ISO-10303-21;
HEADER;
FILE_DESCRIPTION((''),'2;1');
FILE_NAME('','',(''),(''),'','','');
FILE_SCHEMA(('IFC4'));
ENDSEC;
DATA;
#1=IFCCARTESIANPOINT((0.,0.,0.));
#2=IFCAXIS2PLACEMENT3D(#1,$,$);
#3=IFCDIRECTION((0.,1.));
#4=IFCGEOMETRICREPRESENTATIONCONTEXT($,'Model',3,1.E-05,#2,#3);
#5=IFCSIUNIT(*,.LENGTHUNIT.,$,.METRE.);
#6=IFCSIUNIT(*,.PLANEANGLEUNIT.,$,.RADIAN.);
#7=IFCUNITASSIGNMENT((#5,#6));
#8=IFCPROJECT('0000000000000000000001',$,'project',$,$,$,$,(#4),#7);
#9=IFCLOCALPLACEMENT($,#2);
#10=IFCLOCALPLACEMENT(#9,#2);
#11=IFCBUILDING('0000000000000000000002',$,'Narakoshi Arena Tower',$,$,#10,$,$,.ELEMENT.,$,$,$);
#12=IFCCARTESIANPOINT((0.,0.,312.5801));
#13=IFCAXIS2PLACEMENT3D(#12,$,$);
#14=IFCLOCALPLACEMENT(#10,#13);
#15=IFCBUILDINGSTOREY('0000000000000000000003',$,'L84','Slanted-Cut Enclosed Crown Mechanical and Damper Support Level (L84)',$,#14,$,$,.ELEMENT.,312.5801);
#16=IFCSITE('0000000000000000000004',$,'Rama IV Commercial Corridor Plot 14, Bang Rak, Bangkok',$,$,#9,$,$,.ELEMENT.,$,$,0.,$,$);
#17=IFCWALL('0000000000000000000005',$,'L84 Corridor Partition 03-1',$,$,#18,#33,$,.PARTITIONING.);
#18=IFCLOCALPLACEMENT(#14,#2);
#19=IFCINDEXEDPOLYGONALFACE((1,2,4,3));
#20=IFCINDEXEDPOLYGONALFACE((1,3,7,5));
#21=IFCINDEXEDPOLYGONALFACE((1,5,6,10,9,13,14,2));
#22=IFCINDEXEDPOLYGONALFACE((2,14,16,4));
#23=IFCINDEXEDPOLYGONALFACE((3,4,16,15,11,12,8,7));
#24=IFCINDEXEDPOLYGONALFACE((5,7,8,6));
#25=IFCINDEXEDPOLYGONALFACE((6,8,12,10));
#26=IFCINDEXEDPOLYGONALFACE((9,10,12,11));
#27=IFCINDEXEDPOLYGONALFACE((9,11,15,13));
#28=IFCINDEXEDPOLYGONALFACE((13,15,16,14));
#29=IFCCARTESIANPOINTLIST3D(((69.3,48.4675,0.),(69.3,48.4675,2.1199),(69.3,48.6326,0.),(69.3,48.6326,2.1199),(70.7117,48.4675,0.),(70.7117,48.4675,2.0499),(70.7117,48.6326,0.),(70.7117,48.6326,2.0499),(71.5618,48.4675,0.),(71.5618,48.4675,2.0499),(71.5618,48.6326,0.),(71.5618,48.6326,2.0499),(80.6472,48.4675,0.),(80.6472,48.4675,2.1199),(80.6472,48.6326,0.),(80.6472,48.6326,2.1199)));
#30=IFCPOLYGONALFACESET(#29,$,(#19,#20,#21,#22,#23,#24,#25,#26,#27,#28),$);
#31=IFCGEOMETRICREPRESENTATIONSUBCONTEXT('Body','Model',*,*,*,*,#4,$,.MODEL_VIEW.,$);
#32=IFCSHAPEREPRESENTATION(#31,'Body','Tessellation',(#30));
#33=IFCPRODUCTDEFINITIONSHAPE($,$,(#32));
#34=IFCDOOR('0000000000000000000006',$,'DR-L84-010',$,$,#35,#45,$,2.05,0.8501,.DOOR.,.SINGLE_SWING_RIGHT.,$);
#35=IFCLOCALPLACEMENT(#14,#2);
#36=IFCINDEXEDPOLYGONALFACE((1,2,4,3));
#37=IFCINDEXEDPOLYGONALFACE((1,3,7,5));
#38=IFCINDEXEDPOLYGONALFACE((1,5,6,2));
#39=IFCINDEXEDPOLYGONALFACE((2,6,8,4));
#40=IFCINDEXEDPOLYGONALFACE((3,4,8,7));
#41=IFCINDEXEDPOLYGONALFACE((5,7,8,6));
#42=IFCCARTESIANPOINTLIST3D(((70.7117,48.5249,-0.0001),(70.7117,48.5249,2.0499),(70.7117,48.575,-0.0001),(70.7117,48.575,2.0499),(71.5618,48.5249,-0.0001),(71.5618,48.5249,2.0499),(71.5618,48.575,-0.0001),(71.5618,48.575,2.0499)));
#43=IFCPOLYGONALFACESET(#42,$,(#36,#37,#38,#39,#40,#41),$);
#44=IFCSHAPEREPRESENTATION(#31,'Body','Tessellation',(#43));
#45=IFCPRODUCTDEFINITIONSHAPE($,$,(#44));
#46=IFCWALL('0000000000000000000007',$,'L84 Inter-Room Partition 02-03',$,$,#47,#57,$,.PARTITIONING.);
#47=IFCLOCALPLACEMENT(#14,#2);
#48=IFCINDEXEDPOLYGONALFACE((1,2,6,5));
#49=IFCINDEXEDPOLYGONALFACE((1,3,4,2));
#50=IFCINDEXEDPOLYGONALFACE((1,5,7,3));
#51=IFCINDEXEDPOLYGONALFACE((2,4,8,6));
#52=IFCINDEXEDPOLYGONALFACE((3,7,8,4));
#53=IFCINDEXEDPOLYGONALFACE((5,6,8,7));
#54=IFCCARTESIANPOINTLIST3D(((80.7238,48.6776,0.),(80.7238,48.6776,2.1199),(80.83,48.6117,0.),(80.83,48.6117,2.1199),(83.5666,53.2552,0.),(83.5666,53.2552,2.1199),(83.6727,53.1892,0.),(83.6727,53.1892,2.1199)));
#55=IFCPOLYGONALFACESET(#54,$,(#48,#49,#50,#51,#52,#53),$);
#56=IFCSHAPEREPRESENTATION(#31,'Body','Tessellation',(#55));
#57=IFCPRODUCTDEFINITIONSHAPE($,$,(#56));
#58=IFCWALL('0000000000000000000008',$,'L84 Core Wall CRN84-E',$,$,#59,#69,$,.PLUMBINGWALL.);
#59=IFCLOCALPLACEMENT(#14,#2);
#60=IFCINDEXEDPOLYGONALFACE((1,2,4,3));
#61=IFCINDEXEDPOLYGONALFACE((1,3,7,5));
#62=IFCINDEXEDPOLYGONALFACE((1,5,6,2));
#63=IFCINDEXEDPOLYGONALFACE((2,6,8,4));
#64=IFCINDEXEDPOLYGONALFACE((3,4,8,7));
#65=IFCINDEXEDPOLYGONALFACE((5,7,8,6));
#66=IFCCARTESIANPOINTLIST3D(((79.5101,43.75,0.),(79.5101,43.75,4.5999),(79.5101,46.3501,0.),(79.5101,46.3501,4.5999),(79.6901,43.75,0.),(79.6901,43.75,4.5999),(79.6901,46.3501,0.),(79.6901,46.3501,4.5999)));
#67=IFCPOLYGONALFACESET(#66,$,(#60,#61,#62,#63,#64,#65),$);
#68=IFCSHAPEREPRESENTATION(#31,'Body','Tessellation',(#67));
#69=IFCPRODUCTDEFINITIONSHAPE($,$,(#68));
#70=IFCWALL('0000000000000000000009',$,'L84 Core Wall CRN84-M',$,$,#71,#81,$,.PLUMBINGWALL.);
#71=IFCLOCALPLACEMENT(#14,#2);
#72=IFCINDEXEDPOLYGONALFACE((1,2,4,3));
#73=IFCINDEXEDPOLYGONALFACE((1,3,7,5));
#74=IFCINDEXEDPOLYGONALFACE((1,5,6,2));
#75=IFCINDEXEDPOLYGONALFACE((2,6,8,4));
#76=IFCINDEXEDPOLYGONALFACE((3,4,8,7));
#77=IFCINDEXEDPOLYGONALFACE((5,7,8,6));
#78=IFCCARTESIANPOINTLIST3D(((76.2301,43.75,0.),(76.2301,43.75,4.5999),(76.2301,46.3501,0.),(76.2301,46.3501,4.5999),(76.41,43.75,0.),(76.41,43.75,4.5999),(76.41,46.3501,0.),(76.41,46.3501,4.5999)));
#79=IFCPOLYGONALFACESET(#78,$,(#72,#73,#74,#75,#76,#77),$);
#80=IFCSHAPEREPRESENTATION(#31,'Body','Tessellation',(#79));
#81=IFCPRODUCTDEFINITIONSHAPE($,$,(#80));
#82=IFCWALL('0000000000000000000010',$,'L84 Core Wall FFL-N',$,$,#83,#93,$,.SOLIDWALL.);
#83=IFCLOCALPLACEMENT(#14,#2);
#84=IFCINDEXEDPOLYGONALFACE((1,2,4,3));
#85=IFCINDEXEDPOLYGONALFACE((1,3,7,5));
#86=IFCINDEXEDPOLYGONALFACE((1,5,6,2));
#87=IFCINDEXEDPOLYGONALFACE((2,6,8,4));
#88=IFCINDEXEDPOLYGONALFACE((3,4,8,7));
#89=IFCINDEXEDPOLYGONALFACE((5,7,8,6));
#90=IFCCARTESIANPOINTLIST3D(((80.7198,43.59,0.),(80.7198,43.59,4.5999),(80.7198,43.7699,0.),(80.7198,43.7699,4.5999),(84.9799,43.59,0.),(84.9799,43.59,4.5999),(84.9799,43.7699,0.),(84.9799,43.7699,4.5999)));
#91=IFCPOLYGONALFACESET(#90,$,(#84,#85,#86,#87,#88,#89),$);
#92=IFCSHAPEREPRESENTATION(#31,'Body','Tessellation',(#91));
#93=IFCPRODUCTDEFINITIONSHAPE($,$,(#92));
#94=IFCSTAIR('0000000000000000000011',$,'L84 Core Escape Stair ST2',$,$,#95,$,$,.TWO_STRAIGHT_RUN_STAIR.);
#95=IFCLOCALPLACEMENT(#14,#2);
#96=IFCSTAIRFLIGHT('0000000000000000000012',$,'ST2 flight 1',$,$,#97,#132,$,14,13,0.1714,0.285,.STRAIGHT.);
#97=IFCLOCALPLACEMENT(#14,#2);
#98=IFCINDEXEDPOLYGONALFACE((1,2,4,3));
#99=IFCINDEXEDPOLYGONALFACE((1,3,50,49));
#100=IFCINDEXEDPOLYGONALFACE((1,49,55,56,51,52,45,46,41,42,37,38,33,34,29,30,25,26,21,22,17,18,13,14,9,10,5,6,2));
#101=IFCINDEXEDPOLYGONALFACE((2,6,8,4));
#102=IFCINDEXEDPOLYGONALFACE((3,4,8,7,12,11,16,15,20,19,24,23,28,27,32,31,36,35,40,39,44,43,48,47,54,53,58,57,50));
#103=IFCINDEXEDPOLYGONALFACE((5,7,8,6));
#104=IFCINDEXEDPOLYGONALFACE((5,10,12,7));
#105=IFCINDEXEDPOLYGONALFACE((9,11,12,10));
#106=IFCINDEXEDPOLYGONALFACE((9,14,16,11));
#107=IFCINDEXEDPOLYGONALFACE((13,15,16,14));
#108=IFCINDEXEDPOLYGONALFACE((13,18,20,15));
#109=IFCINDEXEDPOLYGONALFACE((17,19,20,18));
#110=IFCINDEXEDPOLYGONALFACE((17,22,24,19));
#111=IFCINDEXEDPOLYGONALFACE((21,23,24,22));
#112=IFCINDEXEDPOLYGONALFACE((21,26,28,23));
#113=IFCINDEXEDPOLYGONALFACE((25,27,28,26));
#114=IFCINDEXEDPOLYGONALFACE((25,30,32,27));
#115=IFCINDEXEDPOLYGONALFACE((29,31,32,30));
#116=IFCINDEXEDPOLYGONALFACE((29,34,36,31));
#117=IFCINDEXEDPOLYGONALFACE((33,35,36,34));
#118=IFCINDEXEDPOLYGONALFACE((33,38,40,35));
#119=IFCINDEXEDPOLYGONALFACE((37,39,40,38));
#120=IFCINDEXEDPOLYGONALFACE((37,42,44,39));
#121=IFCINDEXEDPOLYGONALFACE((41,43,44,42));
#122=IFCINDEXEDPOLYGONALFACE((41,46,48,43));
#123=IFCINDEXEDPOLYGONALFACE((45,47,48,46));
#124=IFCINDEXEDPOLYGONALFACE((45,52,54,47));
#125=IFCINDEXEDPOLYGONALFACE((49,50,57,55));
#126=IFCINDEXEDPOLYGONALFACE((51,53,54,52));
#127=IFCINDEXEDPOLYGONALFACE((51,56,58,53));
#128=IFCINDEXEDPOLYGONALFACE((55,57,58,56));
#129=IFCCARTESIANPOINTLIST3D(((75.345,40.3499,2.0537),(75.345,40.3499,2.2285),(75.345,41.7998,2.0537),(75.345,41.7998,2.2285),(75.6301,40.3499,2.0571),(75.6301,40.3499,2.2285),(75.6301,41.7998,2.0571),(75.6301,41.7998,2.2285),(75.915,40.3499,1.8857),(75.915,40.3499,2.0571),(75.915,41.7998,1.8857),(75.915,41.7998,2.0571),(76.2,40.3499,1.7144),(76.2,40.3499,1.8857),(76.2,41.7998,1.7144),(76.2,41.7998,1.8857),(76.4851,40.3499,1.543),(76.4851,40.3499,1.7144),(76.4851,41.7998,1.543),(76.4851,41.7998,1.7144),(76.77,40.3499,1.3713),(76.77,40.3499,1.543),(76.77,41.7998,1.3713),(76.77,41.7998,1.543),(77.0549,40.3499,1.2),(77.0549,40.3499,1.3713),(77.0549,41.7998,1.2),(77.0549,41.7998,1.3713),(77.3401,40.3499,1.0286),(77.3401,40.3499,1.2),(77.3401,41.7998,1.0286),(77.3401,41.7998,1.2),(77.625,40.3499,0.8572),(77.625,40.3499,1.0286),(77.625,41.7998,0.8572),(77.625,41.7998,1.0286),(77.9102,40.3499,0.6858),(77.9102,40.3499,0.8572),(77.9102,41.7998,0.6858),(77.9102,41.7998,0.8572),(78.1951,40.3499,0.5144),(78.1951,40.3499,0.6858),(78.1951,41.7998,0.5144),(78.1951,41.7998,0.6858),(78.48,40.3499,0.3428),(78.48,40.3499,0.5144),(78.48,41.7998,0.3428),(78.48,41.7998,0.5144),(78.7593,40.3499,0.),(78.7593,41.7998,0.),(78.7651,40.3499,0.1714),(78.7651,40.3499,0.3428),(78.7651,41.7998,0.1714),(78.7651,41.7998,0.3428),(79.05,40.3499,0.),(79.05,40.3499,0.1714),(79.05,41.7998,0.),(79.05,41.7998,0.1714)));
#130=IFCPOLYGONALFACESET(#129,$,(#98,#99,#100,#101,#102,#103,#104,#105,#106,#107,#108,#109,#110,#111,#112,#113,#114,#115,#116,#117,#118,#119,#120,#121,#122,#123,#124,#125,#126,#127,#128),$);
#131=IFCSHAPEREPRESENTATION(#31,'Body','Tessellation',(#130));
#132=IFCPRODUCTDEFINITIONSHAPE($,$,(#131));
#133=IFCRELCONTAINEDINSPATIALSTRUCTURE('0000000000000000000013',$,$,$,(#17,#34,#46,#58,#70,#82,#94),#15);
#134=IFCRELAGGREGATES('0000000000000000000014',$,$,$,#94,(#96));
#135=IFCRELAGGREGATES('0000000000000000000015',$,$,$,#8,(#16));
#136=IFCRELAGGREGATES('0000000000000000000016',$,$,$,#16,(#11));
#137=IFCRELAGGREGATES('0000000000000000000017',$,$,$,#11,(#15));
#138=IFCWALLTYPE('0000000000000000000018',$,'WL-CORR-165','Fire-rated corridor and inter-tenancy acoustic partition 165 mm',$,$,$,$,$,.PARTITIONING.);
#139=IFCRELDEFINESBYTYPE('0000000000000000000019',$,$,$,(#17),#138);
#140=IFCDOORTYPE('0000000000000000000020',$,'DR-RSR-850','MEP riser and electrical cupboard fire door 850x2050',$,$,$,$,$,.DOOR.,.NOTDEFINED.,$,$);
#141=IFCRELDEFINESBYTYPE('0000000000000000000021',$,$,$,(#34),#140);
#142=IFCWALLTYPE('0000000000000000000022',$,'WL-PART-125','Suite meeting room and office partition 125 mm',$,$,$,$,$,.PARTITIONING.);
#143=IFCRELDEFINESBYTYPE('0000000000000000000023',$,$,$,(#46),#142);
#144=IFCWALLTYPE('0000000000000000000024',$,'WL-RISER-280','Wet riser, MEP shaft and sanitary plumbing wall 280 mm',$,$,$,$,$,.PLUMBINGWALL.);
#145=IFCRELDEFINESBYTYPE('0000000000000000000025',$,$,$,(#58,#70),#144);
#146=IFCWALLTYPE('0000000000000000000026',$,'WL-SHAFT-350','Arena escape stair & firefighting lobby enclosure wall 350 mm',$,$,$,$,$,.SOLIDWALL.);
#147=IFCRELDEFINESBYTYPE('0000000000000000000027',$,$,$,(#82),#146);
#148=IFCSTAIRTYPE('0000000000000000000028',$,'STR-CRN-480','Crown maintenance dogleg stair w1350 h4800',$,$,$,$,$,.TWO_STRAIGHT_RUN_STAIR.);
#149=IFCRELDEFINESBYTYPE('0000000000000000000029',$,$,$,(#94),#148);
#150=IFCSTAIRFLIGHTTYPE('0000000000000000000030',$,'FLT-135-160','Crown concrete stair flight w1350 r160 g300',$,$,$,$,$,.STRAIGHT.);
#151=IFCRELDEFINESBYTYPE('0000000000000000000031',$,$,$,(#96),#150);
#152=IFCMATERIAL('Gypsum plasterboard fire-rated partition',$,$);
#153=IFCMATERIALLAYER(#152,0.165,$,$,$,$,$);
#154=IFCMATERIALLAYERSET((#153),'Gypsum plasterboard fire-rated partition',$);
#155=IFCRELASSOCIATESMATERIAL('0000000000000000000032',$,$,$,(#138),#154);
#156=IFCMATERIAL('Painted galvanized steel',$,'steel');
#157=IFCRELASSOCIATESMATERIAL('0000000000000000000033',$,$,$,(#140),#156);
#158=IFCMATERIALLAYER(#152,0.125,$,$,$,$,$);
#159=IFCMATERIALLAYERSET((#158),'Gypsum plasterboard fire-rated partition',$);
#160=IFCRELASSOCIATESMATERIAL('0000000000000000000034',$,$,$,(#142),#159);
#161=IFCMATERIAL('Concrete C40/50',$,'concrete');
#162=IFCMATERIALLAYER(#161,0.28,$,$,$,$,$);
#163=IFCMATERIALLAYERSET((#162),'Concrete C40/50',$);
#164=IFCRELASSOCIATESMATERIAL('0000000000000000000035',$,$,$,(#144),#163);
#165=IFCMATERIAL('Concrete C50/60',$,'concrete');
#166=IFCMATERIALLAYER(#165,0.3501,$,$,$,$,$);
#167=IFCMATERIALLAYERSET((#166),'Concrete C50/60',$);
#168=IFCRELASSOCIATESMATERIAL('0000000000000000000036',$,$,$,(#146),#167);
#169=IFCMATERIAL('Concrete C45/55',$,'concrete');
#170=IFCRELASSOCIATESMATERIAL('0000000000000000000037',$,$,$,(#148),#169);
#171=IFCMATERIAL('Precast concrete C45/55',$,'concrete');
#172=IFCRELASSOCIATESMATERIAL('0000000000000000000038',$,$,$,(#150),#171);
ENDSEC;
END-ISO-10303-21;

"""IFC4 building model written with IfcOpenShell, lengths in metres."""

from ifc_helpers import new_model, si_unit, direction, frame, frame_2d, origin, place, context, subcontext, project, spatial, polyline, rectangle, outline, extrude, material, layer, layer_set, type_object, element, fill, aggregate, save


model = new_model("IFC4")

# Units and contexts
model_context = context("Model", 3, precision=1e-05, world=origin(), true_north=direction((0.0, 1.0)))
body_context = subcontext(model_context, "Body", "Model", "MODEL_VIEW")
ifc_project = project(units=[si_unit("LENGTHUNIT", "METRE"), si_unit("PLANEANGLEUNIT", "RADIAN")], contexts=[model_context])

# Site, building, storey
site_placement = place(None, origin())
site = spatial("IfcSite", under=ifc_project, at=site_placement, Name="Rama IV Commercial Corridor Plot 14, Bang Rak, Bangkok", CompositionType="ELEMENT", RefElevation=0.0)
building_placement = place(site_placement, origin())
building = spatial("IfcBuilding", under=site, at=building_placement, Name="Narakoshi Arena Tower", CompositionType="ELEMENT")
storey_placement = place(building_placement, frame((0.0, 0.0, 312.5801)))
storey = spatial("IfcBuildingStorey", under=building, at=storey_placement, Name="L84", Description="Slanted-Cut Enclosed Crown Mechanical and Damper Support Level (L84)", CompositionType="ELEMENT", Elevation=312.5801)

# Wall, opening, door
ifc_material_1 = material(Name="Gypsum plasterboard fire-rated partition")
ifc_layer_1 = layer(ifc_material_1, 0.165)
ifc_layer_set_1 = layer_set([ifc_layer_1], Name="Gypsum plasterboard fire-rated partition")
wall_type_1 = type_object("IfcWallType", Name="WL-CORR-165", Description="Fire-rated corridor and inter-tenancy acoustic partition 165 mm", PredefinedType="PARTITIONING", material=ifc_layer_set_1)
wall_1_placement = place(storey_placement, frame((80.6472, 48.55, 0.0), z_axis=(0.0, 0.0, 1.0), x_axis=(-1.0, 0.0, 0.0)))
wall_1 = element("IfcWall", 1, at=wall_1_placement, inside=storey, type_object=wall_type_1, Name="L84 Corridor Partition 03-1", PredefinedType="PARTITIONING", context=body_context, shape_type="SweptSolid", body=[
    extrude(rectangle(XDim=11.3472, YDim=0.165, at=frame_2d((5.6736, 0.0))), origin(), (0.0, 0.0, 1.0), 2.1199),
])
opening_placement = place(wall_1_placement, frame((9.0854, 0.0, 0.0)))
opening = element("IfcOpeningElement", 2, at=opening_placement, cuts=wall_1, PredefinedType="OPENING", context=body_context, shape_type="SweptSolid", body=[
    extrude(rectangle(XDim=0.8501, YDim=2.05, at=frame_2d((0.425, 1.0249))), frame((0.0, 0.0925, 0.0), z_axis=(0.0, -1.0, 0.0), x_axis=(1.0, 0.0, 0.0)), (0.0, 0.0, 1.0), 0.1851),
])
ifc_material_2 = material(Name="Painted galvanized steel", Category="steel")
door_type = type_object("IfcDoorType", Name="DR-RSR-850", Description="MEP riser and electrical cupboard fire door 850x2050", OperationType="NOTDEFINED", PredefinedType="DOOR", material=ifc_material_2)
door_placement = place(opening_placement, frame((0.8501, 0.0, 0.0), z_axis=(0.0, 0.0, 1.0), x_axis=(-1.0, 0.0, 0.0)))
door = element("IfcDoor", 3, at=door_placement, inside=storey, type_object=door_type, Name="DR-L84-010", OperationType="SINGLE_SWING_RIGHT", OverallHeight=2.05, OverallWidth=0.8501, PredefinedType="DOOR", context=body_context, shape_type="SweptSolid", body=[
    extrude(rectangle(XDim=0.8501, YDim=2.05, at=frame_2d((0.425, 1.0249))), frame((0.0, 0.0249, 0.0), z_axis=(0.0, -1.0, 0.0), x_axis=(1.0, 0.0, 0.0)), (0.0, 0.0, 1.0), 0.05),
])
fill(opening, door)

# Walls
ifc_layer_2 = layer(ifc_material_1, 0.125)
ifc_layer_set_2 = layer_set([ifc_layer_2], Name="Gypsum plasterboard fire-rated partition")
wall_type_2 = type_object("IfcWallType", Name="WL-PART-125", Description="Suite meeting room and office partition 125 mm", PredefinedType="PARTITIONING", material=ifc_layer_set_2)
wall_2_placement = place(storey_placement, frame((80.7769, 48.6445, 0.0), z_axis=(0.0, 0.0, 1.0), x_axis=(0.527561, 0.849517, 0.0)))
element("IfcWall", 4, at=wall_2_placement, inside=storey, type_object=wall_type_2, Name="L84 Inter-Room Partition 02-03", PredefinedType="PARTITIONING", context=body_context, shape_type="SweptSolid", body=[
    extrude(rectangle(XDim=5.3884, YDim=0.125, at=frame_2d((2.6943, 0.0))), origin(), (0.0, 0.0, 1.0), 2.1199),
])
ifc_material_3 = material(Name="Concrete C40/50", Category="concrete")
ifc_layer_3 = layer(ifc_material_3, 0.28)
ifc_layer_set_3 = layer_set([ifc_layer_3], Name="Concrete C40/50")
wall_type_3 = type_object("IfcWallType", Name="WL-RISER-280", Description="Wet riser, MEP shaft and sanitary plumbing wall 280 mm", PredefinedType="PLUMBINGWALL", material=ifc_layer_set_3)
for number, where, z_axis, x_axis, name in (
    (5, (79.6001, 43.75, 0.0), (0.0, 0.0, 1.0), (0.0, 1.0, 0.0), "L84 Core Wall CRN84-E"),
    (6, (76.3201, 43.75, 0.0), (0.0, 0.0, 1.0), (0.0, 1.0, 0.0), "L84 Core Wall CRN84-M"),
):
    element("IfcWall", number, at=place(storey_placement, frame(where, z_axis=z_axis, x_axis=x_axis)), inside=storey, type_object=wall_type_3, Name=name, PredefinedType="PLUMBINGWALL", context=body_context, shape_type="SweptSolid", body=[
        extrude(rectangle(XDim=2.6001, YDim=0.1799, at=frame_2d((1.3, 0.0))), origin(), (0.0, 0.0, 1.0), 4.5999),
    ])
ifc_material_4 = material(Name="Concrete C50/60", Category="concrete")
ifc_layer_4 = layer(ifc_material_4, 0.3501)
ifc_layer_set_4 = layer_set([ifc_layer_4], Name="Concrete C50/60")
wall_type_4 = type_object("IfcWallType", Name="WL-SHAFT-350", Description="Arena escape stair & firefighting lobby enclosure wall 350 mm", PredefinedType="SOLIDWALL", material=ifc_layer_set_4)
wall_3_placement = place(storey_placement, frame((80.72, 43.6799, 0.0), z_axis=(0.0, 0.0, 1.0), x_axis=(1.0, 0.0, 0.0)))
element("IfcWall", 7, at=wall_3_placement, inside=storey, type_object=wall_type_4, Name="L84 Core Wall FFL-N", PredefinedType="SOLIDWALL", context=body_context, shape_type="SweptSolid", body=[
    extrude(rectangle(XDim=4.26, YDim=0.1799, at=frame_2d((2.1299, 0.0))), origin(), (0.0, 0.0, 1.0), 4.5999),
])

# Stair, stair flight
ifc_material_5 = material(Name="Concrete C45/55", Category="concrete")
stair_type = type_object("IfcStairType", Name="STR-CRN-480", Description="Crown maintenance dogleg stair w1350 h4800", PredefinedType="TWO_STRAIGHT_RUN_STAIR", material=ifc_material_5)
stair_placement = place(storey_placement, origin())
stair = element("IfcStair", 8, at=stair_placement, inside=storey, type_object=stair_type, Name="L84 Core Escape Stair ST2", PredefinedType="TWO_STRAIGHT_RUN_STAIR")
ifc_material_6 = material(Name="Precast concrete C45/55", Category="concrete")
stair_flight_type = type_object("IfcStairFlightType", Name="FLT-135-160", Description="Crown concrete stair flight w1350 r160 g300", PredefinedType="STRAIGHT", material=ifc_material_6)
stair_flight_placement = place(storey_placement, frame((79.05, 41.075, 0.0), z_axis=(0.0, 0.0, 1.0), x_axis=(-1.0, 0.0, 0.0)))
stair_flight = element("IfcStairFlight", 9, at=stair_flight_placement, type_object=stair_flight_type, Name="ST2 flight 1", NumberOfRisers=14, NumberOfTreads=13, PredefinedType="STRAIGHT", RiserHeight=0.1714, TreadLength=0.285, context=body_context, shape_type="SweptSolid", body=[
    extrude(outline(polyline([(0.0, 0.0), (0.0, 0.1714), (0.2849, 0.1714), (0.2849, 0.3428), (0.5701, 0.3428), (0.5701, 0.5144), (0.855, 0.5144), (0.855, 0.6858), (1.1399, 0.6858), (1.1399, 0.8572), (1.425, 0.8572), (1.425, 1.0286), (1.71, 1.0286), (1.71, 1.2), (1.9951, 1.2), (1.9951, 1.3713), (2.28, 1.3713), (2.28, 1.543), (2.5649, 1.543), (2.5649, 1.7144), (2.8501, 1.7144), (2.8501, 1.8857), (3.135, 1.8857), (3.135, 2.0571), (3.4199, 2.0571), (3.4199, 2.2285), (3.7051, 2.2285), (3.7051, 2.3999), (3.7051, 2.0537), (0.2908, 0.0), (0.0, 0.0)])), frame((0.0, 0.7251, 0.0), z_axis=(0.0, -1.0, 0.0), x_axis=(1.0, 0.0, 0.0)), (0.0, 0.0, 1.0), 1.45),
])
aggregate(stair, [stair_flight])

save(model, "model.ifc")
